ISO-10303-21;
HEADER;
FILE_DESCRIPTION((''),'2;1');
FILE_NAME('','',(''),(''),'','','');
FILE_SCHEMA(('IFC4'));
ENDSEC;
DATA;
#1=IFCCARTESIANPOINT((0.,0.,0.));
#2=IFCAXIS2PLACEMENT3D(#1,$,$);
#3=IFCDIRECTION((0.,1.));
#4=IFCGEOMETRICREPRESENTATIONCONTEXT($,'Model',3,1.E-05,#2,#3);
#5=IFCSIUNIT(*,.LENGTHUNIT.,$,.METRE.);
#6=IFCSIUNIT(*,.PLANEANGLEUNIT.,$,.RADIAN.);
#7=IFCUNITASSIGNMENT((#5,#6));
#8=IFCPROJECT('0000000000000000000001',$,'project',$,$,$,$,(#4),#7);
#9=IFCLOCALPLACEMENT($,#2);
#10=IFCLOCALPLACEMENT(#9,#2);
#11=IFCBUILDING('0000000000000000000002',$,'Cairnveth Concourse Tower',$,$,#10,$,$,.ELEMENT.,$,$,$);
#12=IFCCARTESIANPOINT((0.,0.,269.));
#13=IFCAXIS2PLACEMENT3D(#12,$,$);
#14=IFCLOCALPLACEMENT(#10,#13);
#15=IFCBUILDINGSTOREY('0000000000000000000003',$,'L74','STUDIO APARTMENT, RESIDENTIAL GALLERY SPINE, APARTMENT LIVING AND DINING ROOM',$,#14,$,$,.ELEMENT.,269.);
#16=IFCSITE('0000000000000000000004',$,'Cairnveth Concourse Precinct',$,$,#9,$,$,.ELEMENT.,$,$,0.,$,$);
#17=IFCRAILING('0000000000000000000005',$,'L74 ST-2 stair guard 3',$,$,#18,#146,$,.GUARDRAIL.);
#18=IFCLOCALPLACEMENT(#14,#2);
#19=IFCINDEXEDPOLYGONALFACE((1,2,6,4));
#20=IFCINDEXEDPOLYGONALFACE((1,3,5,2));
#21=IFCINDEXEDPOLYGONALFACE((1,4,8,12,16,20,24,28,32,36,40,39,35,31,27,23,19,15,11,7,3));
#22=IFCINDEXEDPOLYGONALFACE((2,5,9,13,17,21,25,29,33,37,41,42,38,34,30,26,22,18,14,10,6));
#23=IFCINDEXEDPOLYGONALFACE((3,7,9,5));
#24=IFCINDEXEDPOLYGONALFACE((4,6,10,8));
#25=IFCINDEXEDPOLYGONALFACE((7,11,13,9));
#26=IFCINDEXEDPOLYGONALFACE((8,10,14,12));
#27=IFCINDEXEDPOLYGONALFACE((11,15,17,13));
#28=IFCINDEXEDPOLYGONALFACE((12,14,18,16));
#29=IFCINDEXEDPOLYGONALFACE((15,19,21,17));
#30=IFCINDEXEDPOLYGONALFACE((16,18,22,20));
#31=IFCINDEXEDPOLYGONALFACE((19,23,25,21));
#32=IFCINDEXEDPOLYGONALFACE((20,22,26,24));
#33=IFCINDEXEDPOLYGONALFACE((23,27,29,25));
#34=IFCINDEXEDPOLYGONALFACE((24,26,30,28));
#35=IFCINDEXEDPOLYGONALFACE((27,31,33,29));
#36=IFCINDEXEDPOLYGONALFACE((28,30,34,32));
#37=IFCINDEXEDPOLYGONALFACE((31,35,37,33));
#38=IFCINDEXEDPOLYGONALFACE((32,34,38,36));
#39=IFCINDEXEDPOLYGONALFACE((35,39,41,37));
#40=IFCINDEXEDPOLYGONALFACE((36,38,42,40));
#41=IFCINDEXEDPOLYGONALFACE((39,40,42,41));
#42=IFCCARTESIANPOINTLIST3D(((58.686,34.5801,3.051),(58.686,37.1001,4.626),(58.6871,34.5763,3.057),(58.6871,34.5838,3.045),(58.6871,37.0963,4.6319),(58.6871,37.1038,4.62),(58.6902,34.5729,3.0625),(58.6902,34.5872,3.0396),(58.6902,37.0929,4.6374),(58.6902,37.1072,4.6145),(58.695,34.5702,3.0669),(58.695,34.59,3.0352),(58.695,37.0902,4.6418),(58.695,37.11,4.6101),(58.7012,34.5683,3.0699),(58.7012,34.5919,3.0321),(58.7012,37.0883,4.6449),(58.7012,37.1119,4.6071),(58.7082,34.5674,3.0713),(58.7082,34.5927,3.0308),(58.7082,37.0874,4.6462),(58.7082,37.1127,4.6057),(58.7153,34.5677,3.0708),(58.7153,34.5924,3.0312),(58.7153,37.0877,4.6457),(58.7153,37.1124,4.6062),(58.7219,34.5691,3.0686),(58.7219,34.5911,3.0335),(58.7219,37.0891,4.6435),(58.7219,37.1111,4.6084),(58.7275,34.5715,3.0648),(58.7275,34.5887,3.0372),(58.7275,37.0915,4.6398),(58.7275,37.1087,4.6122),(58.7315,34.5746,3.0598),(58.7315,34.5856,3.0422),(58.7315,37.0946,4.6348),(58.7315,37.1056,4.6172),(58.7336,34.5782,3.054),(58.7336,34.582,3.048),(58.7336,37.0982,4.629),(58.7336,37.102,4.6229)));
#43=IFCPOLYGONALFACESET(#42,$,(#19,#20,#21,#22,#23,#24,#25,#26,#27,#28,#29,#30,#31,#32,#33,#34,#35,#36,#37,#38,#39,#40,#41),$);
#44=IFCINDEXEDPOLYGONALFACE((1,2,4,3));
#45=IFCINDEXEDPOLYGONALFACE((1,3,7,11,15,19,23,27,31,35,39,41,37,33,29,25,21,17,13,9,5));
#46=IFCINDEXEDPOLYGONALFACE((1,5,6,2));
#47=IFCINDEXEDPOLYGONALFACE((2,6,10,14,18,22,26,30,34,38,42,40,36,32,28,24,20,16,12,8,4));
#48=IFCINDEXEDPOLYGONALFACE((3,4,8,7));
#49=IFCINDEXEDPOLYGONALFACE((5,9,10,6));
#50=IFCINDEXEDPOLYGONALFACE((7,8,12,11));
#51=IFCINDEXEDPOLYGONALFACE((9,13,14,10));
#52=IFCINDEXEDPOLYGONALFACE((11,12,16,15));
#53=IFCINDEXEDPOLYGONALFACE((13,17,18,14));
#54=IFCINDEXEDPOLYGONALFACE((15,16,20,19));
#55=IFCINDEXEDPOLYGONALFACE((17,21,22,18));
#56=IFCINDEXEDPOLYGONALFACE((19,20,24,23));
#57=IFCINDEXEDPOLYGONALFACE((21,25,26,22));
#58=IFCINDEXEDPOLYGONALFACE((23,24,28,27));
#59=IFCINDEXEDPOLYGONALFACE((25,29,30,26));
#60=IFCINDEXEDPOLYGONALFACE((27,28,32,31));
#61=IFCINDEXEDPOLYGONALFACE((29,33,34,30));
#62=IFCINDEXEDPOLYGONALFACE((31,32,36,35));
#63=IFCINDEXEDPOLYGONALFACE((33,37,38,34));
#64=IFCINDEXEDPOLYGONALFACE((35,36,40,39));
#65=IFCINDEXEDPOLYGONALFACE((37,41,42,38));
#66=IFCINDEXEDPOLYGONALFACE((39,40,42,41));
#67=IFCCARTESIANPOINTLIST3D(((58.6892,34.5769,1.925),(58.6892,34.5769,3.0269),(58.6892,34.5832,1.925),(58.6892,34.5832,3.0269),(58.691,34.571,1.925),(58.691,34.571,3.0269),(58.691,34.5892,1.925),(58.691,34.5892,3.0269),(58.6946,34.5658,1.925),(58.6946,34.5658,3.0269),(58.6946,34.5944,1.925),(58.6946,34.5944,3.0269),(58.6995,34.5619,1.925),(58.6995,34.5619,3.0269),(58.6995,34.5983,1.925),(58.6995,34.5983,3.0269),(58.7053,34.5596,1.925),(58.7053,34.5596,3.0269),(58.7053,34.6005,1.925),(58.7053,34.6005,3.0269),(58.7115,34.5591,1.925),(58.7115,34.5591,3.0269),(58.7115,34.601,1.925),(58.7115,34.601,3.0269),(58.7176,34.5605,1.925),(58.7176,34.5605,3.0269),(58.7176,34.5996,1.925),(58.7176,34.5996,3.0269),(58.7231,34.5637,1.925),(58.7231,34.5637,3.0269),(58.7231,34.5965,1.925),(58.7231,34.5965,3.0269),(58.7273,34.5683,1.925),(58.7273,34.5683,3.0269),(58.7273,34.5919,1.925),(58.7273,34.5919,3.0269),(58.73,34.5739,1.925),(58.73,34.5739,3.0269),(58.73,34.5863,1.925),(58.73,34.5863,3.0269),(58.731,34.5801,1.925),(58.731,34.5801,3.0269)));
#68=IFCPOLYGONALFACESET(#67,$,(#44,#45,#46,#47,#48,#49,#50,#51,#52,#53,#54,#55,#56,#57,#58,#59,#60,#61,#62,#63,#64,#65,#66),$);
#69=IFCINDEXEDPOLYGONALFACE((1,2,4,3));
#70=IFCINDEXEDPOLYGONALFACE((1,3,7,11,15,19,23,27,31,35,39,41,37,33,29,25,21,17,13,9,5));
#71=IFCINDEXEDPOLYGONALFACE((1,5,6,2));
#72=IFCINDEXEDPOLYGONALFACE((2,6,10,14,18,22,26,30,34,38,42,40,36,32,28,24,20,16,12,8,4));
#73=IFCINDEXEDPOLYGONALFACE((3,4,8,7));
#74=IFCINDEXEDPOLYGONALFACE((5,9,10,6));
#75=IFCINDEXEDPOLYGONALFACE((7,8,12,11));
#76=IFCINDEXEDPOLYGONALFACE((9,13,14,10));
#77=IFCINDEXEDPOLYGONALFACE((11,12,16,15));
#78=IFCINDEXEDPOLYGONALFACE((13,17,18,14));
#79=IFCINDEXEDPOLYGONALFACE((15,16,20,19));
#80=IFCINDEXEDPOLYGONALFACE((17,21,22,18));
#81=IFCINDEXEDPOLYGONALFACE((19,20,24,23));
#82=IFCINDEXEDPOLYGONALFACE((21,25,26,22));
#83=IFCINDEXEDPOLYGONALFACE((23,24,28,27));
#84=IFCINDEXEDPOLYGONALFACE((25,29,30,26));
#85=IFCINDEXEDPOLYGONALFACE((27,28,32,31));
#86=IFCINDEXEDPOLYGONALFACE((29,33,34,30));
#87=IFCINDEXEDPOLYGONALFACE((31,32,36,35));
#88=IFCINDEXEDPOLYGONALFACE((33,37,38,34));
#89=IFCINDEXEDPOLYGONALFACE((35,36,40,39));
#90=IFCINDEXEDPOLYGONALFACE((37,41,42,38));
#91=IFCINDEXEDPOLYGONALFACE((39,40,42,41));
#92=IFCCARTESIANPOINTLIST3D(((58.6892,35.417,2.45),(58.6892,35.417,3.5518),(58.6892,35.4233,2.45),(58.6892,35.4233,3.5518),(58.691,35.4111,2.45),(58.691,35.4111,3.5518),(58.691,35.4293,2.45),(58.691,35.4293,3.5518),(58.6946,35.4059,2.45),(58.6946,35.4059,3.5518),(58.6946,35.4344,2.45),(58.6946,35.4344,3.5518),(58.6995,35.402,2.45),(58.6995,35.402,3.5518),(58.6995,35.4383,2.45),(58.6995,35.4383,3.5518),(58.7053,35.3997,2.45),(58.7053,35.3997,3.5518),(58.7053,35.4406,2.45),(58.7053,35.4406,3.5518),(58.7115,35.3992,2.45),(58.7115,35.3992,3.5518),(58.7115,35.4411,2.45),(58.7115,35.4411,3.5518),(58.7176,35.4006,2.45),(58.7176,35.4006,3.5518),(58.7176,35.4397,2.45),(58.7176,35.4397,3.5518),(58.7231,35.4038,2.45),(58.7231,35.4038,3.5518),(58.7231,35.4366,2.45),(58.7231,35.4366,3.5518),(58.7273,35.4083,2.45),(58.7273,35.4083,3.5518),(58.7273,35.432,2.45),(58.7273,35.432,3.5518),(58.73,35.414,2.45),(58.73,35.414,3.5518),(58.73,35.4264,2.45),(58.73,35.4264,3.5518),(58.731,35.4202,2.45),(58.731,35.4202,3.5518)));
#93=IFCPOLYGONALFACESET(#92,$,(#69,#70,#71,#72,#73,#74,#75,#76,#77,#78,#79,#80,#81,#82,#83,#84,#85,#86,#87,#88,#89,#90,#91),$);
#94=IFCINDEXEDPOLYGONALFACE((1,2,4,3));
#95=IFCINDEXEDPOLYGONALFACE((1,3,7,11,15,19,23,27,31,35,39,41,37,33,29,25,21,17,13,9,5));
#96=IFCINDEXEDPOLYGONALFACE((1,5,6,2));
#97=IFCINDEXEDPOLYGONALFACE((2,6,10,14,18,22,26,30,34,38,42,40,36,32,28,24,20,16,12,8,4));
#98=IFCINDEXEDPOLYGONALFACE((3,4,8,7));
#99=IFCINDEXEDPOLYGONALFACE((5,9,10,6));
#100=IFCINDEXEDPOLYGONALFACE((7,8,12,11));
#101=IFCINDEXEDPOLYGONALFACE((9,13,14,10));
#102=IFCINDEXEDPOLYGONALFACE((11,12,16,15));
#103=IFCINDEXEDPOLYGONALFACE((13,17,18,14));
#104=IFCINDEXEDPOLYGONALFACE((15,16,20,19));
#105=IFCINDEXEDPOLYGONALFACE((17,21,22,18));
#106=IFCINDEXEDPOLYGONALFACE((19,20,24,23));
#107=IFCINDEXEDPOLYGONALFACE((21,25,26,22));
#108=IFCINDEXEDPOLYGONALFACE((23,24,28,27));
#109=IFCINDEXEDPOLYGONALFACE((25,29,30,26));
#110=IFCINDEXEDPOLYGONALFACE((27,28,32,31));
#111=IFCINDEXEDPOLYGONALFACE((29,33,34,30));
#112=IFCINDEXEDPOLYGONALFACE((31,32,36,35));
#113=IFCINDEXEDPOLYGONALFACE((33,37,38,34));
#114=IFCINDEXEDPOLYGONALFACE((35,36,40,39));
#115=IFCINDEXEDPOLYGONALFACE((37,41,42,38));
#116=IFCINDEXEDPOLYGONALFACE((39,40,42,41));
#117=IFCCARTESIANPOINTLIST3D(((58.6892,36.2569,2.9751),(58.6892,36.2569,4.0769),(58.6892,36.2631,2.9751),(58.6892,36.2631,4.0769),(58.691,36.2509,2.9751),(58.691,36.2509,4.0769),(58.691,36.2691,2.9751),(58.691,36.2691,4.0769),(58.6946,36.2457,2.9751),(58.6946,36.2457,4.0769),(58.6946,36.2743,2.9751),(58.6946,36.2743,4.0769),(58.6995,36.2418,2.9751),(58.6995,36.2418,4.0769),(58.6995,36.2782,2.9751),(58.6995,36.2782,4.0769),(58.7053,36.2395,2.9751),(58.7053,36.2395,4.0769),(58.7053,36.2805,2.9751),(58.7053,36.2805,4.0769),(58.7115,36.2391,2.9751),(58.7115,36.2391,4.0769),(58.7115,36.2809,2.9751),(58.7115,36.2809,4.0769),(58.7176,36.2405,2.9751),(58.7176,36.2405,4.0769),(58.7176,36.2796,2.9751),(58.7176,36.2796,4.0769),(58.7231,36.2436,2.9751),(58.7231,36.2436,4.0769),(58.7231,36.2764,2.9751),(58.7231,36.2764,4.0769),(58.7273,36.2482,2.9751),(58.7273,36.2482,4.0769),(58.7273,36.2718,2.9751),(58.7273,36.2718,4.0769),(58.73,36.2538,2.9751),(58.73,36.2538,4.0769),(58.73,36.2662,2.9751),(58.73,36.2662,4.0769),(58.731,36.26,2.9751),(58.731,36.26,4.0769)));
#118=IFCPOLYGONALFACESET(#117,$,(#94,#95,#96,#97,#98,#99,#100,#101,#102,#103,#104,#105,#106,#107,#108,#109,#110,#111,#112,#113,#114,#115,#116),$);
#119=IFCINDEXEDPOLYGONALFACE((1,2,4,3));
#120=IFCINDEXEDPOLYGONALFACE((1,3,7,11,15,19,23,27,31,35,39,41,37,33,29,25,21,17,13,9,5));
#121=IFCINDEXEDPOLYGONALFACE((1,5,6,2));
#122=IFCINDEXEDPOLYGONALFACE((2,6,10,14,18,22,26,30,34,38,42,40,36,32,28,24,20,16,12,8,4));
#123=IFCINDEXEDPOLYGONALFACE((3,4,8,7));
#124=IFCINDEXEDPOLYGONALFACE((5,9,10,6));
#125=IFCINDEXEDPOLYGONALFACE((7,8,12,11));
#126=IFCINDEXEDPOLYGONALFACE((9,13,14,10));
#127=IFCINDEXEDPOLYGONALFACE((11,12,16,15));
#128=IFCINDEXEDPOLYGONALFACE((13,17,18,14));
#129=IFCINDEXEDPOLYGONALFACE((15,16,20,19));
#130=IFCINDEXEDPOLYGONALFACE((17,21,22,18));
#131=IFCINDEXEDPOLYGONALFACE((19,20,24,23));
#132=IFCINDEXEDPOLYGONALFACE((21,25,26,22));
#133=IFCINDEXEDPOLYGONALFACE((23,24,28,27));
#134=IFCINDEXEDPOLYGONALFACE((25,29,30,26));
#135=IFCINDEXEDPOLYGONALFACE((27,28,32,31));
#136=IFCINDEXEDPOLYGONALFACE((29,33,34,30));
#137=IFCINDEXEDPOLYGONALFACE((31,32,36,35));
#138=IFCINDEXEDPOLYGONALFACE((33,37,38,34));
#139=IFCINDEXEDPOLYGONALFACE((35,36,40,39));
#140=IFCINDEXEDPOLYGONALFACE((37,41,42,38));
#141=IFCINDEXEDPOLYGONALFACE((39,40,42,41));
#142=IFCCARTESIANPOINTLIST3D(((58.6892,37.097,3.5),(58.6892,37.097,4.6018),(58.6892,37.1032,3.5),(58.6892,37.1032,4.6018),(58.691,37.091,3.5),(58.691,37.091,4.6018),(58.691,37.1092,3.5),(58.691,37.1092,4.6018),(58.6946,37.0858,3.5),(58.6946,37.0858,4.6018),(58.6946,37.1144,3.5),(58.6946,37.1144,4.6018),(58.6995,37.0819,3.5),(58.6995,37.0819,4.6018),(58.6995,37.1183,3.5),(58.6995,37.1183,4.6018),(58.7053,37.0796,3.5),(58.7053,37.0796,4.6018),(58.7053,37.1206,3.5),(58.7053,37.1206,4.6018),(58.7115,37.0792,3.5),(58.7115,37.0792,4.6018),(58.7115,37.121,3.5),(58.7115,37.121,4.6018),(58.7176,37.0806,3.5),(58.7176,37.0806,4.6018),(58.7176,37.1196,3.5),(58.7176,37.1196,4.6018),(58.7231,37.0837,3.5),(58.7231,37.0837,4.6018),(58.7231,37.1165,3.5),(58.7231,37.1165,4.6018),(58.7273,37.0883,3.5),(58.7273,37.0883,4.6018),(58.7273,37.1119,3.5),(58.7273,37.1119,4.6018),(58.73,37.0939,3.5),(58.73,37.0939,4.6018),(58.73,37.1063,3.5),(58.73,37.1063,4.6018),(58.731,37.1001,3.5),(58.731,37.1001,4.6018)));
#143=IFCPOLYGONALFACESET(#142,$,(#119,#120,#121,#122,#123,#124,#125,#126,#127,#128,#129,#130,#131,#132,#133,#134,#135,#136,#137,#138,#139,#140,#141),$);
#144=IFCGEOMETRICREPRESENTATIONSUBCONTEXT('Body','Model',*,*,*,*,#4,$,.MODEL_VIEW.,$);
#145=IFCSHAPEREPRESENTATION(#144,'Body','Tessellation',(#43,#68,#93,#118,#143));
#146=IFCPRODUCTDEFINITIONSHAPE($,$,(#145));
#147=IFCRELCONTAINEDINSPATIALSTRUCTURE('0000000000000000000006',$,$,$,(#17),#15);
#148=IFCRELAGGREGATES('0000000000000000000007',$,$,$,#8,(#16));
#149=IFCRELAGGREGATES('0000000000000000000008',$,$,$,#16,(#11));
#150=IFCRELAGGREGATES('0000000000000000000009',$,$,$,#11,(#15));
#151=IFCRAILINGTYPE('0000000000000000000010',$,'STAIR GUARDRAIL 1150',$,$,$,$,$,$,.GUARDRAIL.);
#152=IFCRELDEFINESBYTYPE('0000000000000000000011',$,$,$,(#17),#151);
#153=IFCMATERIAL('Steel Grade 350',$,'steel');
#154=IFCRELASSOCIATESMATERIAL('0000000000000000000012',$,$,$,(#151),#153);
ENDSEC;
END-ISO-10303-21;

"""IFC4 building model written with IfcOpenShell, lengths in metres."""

from ifc_helpers import new_model, si_unit, direction, frame, origin, origin_2d, place, context, subcontext, project, spatial, circle, extrude, material, type_object, element, save


model = new_model("IFC4")

# Units and contexts
model_context = context("Model", 3, precision=1e-05, world=origin(), true_north=direction((0.0, 1.0)))
body_context = subcontext(model_context, "Body", "Model", "MODEL_VIEW")
ifc_project = project(units=[si_unit("LENGTHUNIT", "METRE"), si_unit("PLANEANGLEUNIT", "RADIAN")], contexts=[model_context])

# Site, building, storey
site_placement = place(None, origin())
site = spatial("IfcSite", under=ifc_project, at=site_placement, Name="Cairnveth Concourse Precinct", CompositionType="ELEMENT", RefElevation=0.0)
building_placement = place(site_placement, origin())
building = spatial("IfcBuilding", under=site, at=building_placement, Name="Cairnveth Concourse Tower", CompositionType="ELEMENT")
storey_placement = place(building_placement, frame((0.0, 0.0, 269.0)))
storey = spatial("IfcBuildingStorey", under=building, at=storey_placement, Name="L74", Description="STUDIO APARTMENT, RESIDENTIAL GALLERY SPINE, APARTMENT LIVING AND DINING ROOM", CompositionType="ELEMENT", Elevation=269.0)

# Shared definitions
ifc_material_1 = material(Name="Steel Grade 350", Category="steel")

# Railing
railing_type_1 = type_object("IfcRailingType", Name="STAIR GUARDRAIL 1150", PredefinedType="GUARDRAIL", material=ifc_material_1)
railing_1_placement = place(storey_placement, frame((58.71, 34.5801, 1.925)))
element("IfcRailing", 1, at=railing_1_placement, inside=storey, type_object=railing_type_1, Name="L74 ST-2 stair guard 3", PredefinedType="GUARDRAIL", context=body_context, shape_type="SweptSolid", body=[
    extrude(circle(Radius=0.0239, at=origin_2d()), frame((0.0, 0.0, 1.126), z_axis=(0.0, 0.848008, 0.529984), x_axis=(-1.0, 0.0, 0.0)), (0.0, 0.0, 1.0), 2.9717),
    extrude(circle(Radius=0.021, at=origin_2d()), origin(), (0.0, 0.0, 1.0), 1.1018),
    extrude(circle(Radius=0.021, at=origin_2d()), frame((0.0, 0.8401, 0.5249)), (0.0, 0.0, 1.0), 1.1018),
    extrude(circle(Radius=0.021, at=origin_2d()), frame((0.0, 1.6799, 1.05)), (0.0, 0.0, 1.0), 1.1018),
    extrude(circle(Radius=0.021, at=origin_2d()), frame((0.0, 2.52, 1.575)), (0.0, 0.0, 1.0), 1.1018),
])

save(model, "model.ifc")
